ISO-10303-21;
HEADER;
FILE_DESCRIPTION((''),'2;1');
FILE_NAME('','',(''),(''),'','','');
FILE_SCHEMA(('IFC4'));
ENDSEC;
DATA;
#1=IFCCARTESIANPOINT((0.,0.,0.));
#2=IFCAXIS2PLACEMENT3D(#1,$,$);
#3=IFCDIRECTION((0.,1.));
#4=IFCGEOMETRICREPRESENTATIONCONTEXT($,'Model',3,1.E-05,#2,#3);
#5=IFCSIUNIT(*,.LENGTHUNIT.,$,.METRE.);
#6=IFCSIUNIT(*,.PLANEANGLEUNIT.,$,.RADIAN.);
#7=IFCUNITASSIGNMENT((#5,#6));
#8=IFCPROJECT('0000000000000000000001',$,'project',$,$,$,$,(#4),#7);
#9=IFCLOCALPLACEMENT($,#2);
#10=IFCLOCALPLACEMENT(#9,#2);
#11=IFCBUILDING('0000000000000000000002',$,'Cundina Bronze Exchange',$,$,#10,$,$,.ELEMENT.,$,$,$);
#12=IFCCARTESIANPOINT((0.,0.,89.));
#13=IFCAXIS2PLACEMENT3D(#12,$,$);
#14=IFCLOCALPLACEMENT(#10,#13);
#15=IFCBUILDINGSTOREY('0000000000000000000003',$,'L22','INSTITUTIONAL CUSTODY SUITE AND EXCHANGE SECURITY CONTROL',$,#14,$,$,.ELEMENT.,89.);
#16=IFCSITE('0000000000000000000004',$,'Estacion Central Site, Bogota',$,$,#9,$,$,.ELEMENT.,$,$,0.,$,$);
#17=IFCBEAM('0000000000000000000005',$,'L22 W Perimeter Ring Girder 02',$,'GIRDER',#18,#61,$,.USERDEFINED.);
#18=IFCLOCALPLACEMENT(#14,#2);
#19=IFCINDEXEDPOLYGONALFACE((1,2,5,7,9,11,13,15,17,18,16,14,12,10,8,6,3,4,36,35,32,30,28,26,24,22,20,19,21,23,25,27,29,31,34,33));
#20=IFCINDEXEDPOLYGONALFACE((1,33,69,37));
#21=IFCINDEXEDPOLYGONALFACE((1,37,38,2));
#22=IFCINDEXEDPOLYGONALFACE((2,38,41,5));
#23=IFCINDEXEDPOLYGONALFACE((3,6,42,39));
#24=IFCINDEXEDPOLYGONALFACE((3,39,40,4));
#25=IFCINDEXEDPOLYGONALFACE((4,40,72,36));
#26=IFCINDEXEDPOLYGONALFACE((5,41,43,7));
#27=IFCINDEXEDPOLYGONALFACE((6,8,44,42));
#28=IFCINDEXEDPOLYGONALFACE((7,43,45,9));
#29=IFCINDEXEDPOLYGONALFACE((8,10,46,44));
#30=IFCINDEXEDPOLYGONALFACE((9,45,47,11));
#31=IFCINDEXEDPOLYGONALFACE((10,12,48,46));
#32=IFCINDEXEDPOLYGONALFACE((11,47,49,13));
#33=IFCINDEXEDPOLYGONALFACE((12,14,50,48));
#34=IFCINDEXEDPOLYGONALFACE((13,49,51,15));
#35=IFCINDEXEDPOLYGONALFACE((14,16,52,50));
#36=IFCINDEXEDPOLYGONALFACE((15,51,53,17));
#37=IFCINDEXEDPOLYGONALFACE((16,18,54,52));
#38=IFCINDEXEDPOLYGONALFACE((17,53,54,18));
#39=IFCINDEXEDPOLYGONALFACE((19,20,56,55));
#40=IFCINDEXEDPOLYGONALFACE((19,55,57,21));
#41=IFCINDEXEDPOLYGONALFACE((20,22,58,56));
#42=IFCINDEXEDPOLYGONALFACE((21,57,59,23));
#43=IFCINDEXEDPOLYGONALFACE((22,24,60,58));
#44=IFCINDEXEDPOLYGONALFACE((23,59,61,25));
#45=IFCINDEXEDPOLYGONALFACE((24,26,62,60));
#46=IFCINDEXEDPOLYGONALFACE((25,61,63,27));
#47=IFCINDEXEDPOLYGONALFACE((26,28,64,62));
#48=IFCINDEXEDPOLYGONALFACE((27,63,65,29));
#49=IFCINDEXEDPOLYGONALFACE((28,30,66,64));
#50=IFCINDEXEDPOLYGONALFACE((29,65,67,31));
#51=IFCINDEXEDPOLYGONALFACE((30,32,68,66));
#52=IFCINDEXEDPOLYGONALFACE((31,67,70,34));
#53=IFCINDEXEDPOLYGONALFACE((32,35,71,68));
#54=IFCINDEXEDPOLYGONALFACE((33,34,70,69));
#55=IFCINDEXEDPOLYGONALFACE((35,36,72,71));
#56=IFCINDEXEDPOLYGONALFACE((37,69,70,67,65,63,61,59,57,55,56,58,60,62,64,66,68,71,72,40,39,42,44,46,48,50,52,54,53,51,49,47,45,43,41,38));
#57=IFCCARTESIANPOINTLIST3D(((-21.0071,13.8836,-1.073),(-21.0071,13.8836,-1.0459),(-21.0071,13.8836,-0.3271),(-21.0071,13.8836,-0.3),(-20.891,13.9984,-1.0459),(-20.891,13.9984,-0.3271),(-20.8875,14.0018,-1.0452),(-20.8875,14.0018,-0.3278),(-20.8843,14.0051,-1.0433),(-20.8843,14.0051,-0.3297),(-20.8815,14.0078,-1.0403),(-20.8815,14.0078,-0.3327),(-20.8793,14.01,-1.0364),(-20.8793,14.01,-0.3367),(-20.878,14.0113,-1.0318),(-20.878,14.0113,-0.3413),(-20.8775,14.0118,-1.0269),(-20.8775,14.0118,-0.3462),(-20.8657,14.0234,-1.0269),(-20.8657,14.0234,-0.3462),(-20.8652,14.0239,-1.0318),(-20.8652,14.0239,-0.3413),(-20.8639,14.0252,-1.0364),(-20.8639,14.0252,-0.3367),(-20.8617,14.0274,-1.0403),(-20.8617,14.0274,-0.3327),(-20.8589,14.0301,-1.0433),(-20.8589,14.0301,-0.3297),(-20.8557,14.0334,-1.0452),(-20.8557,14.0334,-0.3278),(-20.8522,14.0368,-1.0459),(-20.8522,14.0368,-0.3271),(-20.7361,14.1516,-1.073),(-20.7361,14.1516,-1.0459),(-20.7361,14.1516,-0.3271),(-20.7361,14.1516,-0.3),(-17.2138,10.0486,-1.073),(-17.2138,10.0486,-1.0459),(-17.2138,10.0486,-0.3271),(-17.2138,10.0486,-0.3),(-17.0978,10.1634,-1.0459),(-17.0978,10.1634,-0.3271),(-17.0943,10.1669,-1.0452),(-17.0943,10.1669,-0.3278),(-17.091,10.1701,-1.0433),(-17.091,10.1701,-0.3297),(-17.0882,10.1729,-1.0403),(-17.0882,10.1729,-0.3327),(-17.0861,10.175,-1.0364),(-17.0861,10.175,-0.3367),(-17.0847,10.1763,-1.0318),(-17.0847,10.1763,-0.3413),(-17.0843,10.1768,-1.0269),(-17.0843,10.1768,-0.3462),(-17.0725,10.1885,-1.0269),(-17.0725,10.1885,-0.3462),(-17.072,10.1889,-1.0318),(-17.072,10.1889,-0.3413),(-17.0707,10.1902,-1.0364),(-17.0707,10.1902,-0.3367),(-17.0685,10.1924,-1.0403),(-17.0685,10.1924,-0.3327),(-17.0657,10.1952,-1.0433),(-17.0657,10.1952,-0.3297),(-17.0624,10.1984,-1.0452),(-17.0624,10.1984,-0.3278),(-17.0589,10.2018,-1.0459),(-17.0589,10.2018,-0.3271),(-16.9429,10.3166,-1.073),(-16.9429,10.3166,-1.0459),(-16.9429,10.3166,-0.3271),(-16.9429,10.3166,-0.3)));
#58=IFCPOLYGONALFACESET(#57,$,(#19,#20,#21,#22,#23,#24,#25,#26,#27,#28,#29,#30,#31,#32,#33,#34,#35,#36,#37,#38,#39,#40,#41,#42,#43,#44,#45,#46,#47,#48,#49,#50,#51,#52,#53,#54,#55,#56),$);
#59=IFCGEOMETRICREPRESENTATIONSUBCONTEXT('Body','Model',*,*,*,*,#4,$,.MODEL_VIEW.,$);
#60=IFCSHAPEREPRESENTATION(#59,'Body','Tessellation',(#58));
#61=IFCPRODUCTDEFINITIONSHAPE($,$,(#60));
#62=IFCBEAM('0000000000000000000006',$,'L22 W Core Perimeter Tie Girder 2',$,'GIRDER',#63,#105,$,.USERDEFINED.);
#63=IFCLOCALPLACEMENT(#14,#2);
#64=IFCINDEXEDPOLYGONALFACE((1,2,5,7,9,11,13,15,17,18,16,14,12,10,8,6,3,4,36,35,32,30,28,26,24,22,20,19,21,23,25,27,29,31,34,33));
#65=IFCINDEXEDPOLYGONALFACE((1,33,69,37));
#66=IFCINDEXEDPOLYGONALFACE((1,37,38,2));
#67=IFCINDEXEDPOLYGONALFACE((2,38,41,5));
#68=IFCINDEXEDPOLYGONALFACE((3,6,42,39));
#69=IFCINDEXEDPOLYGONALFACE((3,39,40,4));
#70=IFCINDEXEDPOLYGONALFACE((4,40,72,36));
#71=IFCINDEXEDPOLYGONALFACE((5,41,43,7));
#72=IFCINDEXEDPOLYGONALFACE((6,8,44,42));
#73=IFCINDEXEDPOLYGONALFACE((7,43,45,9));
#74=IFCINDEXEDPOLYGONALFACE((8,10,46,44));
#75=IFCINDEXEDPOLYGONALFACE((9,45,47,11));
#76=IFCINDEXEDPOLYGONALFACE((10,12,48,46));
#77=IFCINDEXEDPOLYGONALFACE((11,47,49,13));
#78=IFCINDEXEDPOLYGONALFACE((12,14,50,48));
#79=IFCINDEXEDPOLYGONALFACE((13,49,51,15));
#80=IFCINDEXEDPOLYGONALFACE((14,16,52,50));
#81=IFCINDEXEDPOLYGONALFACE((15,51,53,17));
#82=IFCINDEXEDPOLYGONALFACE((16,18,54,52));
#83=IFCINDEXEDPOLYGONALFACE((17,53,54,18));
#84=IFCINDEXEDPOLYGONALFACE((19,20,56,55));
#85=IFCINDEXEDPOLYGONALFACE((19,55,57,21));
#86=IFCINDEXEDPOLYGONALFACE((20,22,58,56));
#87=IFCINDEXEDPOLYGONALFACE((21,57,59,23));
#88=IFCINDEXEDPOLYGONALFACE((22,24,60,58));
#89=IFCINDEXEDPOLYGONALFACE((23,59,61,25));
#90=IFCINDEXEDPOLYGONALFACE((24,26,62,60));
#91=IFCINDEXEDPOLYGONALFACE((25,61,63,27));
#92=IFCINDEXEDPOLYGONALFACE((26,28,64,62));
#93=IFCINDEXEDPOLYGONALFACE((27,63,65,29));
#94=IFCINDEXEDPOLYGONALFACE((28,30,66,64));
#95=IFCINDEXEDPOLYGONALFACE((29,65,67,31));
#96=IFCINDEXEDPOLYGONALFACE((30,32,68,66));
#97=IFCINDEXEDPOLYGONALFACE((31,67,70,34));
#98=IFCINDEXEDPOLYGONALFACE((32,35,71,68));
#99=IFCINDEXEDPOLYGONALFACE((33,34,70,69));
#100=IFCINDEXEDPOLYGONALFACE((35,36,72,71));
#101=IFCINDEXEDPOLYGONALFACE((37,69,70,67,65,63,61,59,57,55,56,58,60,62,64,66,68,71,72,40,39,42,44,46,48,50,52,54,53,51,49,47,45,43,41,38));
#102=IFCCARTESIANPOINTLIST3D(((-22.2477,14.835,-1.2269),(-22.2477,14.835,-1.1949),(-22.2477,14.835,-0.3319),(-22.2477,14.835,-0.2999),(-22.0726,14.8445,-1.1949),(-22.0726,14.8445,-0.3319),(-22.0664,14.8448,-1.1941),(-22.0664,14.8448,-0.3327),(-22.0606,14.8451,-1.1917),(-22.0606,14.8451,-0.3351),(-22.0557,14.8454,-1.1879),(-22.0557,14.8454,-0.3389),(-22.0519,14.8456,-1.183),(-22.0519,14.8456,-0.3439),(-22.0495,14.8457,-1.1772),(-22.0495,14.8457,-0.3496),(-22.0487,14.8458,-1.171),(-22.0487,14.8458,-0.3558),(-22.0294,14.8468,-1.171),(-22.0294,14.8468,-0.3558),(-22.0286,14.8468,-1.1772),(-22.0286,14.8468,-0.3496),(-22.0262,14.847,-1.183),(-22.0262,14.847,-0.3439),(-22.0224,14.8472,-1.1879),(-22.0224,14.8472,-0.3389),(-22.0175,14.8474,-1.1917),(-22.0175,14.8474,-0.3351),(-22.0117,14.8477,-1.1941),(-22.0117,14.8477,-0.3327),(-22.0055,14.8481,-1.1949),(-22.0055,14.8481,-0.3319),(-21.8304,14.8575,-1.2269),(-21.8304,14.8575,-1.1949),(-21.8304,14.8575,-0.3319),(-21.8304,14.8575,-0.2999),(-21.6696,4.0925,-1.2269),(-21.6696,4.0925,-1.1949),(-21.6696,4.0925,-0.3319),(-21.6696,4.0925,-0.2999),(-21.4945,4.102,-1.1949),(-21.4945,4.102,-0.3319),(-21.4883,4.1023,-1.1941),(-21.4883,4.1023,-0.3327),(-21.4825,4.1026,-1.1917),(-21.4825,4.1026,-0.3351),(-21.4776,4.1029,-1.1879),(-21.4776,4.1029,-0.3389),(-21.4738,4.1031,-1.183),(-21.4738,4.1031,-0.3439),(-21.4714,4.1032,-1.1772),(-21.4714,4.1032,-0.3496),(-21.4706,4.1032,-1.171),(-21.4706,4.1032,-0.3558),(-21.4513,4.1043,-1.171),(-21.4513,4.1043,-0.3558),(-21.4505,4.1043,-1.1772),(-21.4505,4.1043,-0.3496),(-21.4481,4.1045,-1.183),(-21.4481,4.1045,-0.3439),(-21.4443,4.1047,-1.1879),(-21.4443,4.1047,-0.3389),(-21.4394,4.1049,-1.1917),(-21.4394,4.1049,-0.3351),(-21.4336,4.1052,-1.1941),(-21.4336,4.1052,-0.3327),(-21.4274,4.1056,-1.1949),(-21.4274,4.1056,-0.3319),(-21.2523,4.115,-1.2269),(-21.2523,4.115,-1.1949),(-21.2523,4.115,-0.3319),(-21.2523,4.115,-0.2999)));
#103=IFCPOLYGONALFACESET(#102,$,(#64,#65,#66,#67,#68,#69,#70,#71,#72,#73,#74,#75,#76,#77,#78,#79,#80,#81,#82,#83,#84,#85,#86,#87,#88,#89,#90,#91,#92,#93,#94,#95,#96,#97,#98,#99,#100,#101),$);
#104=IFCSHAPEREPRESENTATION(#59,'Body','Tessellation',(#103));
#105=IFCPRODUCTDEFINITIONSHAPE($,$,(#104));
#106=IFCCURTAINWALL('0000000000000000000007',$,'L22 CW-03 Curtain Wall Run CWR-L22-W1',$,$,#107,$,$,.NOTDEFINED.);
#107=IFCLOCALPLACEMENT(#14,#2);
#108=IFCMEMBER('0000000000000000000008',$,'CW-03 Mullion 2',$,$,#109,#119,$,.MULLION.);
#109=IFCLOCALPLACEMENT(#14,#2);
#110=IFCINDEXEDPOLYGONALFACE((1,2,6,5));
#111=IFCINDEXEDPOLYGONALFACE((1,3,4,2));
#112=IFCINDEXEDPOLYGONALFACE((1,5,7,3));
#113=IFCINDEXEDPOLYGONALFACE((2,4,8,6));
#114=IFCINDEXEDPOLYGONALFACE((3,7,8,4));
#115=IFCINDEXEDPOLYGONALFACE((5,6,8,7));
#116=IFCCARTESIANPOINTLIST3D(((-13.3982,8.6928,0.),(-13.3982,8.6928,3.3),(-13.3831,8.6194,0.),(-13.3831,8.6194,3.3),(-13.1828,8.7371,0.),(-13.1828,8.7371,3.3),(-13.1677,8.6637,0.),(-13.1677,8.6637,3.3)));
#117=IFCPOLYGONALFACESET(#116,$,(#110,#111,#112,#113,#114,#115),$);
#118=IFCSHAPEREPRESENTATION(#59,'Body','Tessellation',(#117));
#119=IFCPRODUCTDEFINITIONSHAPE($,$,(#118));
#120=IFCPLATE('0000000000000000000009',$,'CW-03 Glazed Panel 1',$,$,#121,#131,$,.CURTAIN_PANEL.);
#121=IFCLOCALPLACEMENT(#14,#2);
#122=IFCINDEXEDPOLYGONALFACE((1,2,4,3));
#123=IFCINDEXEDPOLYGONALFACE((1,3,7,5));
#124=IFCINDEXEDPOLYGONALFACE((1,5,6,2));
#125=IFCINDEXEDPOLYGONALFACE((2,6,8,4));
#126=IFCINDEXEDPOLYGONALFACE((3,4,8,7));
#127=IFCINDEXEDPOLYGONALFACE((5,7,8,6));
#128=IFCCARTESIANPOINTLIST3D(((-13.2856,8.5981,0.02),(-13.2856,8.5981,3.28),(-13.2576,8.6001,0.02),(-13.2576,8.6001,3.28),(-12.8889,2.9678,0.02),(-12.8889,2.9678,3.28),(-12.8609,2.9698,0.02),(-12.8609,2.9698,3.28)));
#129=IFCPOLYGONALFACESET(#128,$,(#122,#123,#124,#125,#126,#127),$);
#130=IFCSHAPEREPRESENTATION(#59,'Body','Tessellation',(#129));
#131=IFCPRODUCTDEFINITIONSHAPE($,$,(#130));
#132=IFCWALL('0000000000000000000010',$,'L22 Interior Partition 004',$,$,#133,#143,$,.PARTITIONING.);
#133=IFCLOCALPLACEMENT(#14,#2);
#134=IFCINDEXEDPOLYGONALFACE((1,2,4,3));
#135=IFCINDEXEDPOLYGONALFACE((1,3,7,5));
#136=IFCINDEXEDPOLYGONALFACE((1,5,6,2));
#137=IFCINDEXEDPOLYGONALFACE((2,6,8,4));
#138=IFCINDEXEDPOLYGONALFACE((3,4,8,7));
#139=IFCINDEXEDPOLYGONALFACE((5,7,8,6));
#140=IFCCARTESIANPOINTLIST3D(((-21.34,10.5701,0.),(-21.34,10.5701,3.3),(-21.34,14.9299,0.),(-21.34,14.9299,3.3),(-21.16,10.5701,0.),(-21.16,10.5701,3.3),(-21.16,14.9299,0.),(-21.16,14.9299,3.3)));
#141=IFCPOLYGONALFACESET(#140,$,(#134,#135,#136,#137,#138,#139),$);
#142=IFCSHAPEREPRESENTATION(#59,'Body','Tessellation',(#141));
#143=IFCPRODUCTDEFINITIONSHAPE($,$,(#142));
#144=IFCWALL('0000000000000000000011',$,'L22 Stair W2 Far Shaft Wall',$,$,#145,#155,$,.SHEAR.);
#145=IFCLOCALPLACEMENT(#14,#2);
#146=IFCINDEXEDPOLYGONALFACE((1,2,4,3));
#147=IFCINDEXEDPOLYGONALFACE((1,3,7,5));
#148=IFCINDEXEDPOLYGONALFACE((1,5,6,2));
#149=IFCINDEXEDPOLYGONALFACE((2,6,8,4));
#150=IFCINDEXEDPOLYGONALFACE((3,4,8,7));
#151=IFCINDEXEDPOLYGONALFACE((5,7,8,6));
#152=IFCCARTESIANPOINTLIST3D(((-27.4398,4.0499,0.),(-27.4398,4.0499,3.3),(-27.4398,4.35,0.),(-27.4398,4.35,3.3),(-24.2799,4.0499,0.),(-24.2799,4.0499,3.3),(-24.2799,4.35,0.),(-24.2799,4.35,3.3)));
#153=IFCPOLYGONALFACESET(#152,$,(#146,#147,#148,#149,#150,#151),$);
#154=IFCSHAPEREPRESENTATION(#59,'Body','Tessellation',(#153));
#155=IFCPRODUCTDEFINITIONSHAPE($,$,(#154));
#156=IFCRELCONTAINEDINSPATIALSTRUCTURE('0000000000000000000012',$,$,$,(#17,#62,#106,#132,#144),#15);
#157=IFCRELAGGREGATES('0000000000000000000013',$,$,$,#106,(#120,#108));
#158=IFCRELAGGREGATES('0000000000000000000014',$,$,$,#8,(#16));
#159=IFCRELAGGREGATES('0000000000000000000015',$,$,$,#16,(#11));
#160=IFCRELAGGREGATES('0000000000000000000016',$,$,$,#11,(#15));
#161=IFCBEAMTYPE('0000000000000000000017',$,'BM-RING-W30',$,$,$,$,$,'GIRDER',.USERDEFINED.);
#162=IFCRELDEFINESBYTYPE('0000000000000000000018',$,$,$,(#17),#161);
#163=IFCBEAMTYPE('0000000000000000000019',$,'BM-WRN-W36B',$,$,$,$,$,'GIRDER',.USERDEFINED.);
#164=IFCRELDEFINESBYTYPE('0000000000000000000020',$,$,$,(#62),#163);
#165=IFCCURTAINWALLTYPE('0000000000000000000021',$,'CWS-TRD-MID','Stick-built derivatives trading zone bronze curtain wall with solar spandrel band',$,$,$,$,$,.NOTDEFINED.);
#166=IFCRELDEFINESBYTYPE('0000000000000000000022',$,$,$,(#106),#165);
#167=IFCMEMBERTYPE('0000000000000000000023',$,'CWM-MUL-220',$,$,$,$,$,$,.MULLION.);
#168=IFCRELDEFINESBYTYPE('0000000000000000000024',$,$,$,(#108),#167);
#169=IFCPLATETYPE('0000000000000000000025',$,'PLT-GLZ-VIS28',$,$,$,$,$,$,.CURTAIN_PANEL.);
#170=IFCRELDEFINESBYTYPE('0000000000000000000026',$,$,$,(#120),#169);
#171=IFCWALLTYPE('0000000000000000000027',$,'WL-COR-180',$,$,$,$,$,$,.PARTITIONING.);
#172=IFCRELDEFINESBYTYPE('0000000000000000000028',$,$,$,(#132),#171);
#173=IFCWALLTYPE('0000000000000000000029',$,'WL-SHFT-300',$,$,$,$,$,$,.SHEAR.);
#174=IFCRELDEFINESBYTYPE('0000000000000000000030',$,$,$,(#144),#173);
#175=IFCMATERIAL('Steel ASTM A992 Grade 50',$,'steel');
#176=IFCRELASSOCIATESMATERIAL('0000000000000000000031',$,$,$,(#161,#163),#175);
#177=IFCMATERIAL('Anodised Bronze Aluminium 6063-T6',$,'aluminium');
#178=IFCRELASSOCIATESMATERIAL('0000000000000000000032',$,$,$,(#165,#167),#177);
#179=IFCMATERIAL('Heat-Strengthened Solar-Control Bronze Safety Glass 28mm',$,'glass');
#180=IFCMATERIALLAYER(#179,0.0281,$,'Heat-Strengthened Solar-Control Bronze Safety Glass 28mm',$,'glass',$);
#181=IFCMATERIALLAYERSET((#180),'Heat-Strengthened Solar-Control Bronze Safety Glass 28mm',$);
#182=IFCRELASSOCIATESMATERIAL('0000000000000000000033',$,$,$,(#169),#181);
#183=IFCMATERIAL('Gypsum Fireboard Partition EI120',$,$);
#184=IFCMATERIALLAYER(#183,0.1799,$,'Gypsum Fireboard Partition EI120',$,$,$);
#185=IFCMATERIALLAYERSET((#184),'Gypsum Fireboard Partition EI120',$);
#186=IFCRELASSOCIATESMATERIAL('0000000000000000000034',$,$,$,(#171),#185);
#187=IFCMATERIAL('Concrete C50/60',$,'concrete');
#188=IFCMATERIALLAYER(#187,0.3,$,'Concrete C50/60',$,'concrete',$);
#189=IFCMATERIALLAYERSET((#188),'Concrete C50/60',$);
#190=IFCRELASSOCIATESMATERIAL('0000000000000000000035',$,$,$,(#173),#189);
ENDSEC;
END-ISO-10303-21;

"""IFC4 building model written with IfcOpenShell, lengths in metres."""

from ifc_helpers import new_model, si_unit, direction, frame, frame_2d, origin, origin_2d, place, context, subcontext, project, spatial, rectangle, i_section, extrude, material, layer, layer_set, material_profile, profile_set, type_object, element, aggregate, save


model = new_model("IFC4")

# Units and contexts
model_context = context("Model", 3, precision=1e-05, world=origin(), true_north=direction((0.0, 1.0)))
body_context = subcontext(model_context, "Body", "Model", "MODEL_VIEW")
ifc_project = project(units=[si_unit("LENGTHUNIT", "METRE"), si_unit("PLANEANGLEUNIT", "RADIAN")], contexts=[model_context])

# Site, building, storey
site_placement = place(None, origin())
site = spatial("IfcSite", under=ifc_project, at=site_placement, Name="Estacion Central Site, Bogota", CompositionType="ELEMENT", RefElevation=0.0)
building_placement = place(site_placement, origin())
building = spatial("IfcBuilding", under=site, at=building_placement, Name="Cundina Bronze Exchange", CompositionType="ELEMENT")
storey_placement = place(building_placement, frame((0.0, 0.0, 89.0)))
storey = spatial("IfcBuildingStorey", under=building, at=storey_placement, Name="L22", Description="INSTITUTIONAL CUSTODY SUITE AND EXCHANGE SECURITY CONTROL", CompositionType="ELEMENT", Elevation=89.0)

# Beams
ifc_material_1 = material(Name="Steel ASTM A992 Grade 50", Category="steel")
ifc_material_profile_1 = material_profile(ifc_material_1, i_section(OverallWidth=0.3811, OverallDepth=0.7729, WebThickness=0.0166, FlangeThickness=0.0271, FilletRadius=0.019, at=origin_2d()), Name="W30X173", Category="steel")
ifc_profile_set_1 = profile_set([ifc_material_profile_1], Name="Steel ASTM A992 Grade 50")
beam_type_1 = type_object("IfcBeamType", Name="BM-RING-W30", ElementType="GIRDER", PredefinedType="USERDEFINED", material=ifc_profile_set_1)
beam_1_placement = place(storey_placement, frame((-17.0784, 10.1826, -0.6865), z_axis=(-0.703226, 0.710966, 0.0), x_axis=(-0.710966, -0.703226, 0.0)))
element("IfcBeam", 1, at=beam_1_placement, inside=storey, type_object=beam_type_1, Name="L22 W Perimeter Ring Girder 02", ObjectType="GIRDER", PredefinedType="USERDEFINED", context=body_context, shape_type="SweptSolid", body=[
    extrude(i_section(OverallWidth=0.3811, OverallDepth=0.7729, WebThickness=0.0166, FlangeThickness=0.0271, FilletRadius=0.019, at=origin_2d()), origin(), (0.0, 0.0, 1.0), 5.394),
])
ifc_material_profile_2 = material_profile(ifc_material_1, i_section(OverallWidth=0.418, OverallDepth=0.927, WebThickness=0.0193, FlangeThickness=0.032, FilletRadius=0.0239, at=origin_2d()), Name="W36X231", Category="steel")
ifc_profile_set_2 = profile_set([ifc_material_profile_2], Name="Steel ASTM A992 Grade 50")
beam_type_2 = type_object("IfcBeamType", Name="BM-WRN-W36B", ElementType="GIRDER", PredefinedType="USERDEFINED", material=ifc_profile_set_2)
beam_2_placement = place(storey_placement, frame((-21.4609, 4.1038, -0.7634), z_axis=(-0.053739, 0.998555, 0.0), x_axis=(-0.998555, -0.053739, 0.0)))
element("IfcBeam", 2, at=beam_2_placement, inside=storey, type_object=beam_type_2, Name="L22 W Core Perimeter Tie Girder 2", ObjectType="GIRDER", PredefinedType="USERDEFINED", context=body_context, shape_type="SweptSolid", body=[
    extrude(i_section(OverallWidth=0.418, OverallDepth=0.927, WebThickness=0.0193, FlangeThickness=0.032, FilletRadius=0.0239, at=origin_2d()), origin(), (0.0, 0.0, 1.0), 10.7581),
])

# Curtain wall, member, plate
ifc_material_2 = material(Name="Anodised Bronze Aluminium 6063-T6", Category="aluminium")
curtain_wall_type = type_object("IfcCurtainWallType", Name="CWS-TRD-MID", Description="Stick-built derivatives trading zone bronze curtain wall with solar spandrel band", PredefinedType="NOTDEFINED", material=ifc_material_2)
curtain_wall_placement = place(storey_placement, origin())
curtain_wall = element("IfcCurtainWall", 3, at=curtain_wall_placement, inside=storey, type_object=curtain_wall_type, Name="L22 CW-03 Curtain Wall Run CWR-L22-W1", PredefinedType="NOTDEFINED")
ifc_material_profile_3 = material_profile(ifc_material_2, rectangle(XDim=0.075, YDim=0.22, at=origin_2d()), Name="AL75X220", Category="aluminium")
ifc_profile_set_3 = profile_set([ifc_material_profile_3], Name="Anodised Bronze Aluminium 6063-T6")
member_type = type_object("IfcMemberType", Name="CWM-MUL-220", PredefinedType="MULLION", material=ifc_profile_set_3)
member_placement = place(storey_placement, frame((-13.283, 8.6782, 0.0), z_axis=(0.0, 0.0, 1.0), x_axis=(-0.20142, 0.979505, 0.0)))
member = element("IfcMember", 4, at=member_placement, type_object=member_type, Name="CW-03 Mullion 2", PredefinedType="MULLION", context=body_context, shape_type="SweptSolid", body=[
    extrude(rectangle(XDim=0.075, YDim=0.22, at=origin_2d()), origin(), (0.0, 0.0, 1.0), 3.3),
])
ifc_material_3 = material(Name="Heat-Strengthened Solar-Control Bronze Safety Glass 28mm", Category="glass")
ifc_layer_1 = layer(ifc_material_3, 0.0281, Name="Heat-Strengthened Solar-Control Bronze Safety Glass 28mm", Category="glass")
ifc_layer_set_1 = layer_set([ifc_layer_1], Name="Heat-Strengthened Solar-Control Bronze Safety Glass 28mm")
plate_type = type_object("IfcPlateType", Name="PLT-GLZ-VIS28", PredefinedType="CURTAIN_PANEL", material=ifc_layer_set_1)
plate_placement = place(storey_placement, frame((-13.0732, 5.7839, 0.02), z_axis=(0.0, 0.0, 1.0), x_axis=(-0.070279, 0.997527, 0.0)))
plate = element("IfcPlate", 5, at=plate_placement, type_object=plate_type, Name="CW-03 Glazed Panel 1", PredefinedType="CURTAIN_PANEL", context=body_context, shape_type="SweptSolid", body=[
    extrude(rectangle(XDim=5.6443, YDim=0.0281, at=origin_2d()), origin(), (0.0, 0.0, 1.0), 3.26),
])
aggregate(curtain_wall, [plate, member])

# Walls
ifc_material_4 = material(Name="Gypsum Fireboard Partition EI120")
ifc_layer_2 = layer(ifc_material_4, 0.1799, Name="Gypsum Fireboard Partition EI120")
ifc_layer_set_2 = layer_set([ifc_layer_2], Name="Gypsum Fireboard Partition EI120")
wall_type_1 = type_object("IfcWallType", Name="WL-COR-180", PredefinedType="PARTITIONING", material=ifc_layer_set_2)
wall_1_placement = place(storey_placement, frame((-21.25, 10.5701, 0.0), z_axis=(0.0, 0.0, 1.0), x_axis=(0.0, 1.0, 0.0)))
element("IfcWall", 6, at=wall_1_placement, inside=storey, type_object=wall_type_1, Name="L22 Interior Partition 004", PredefinedType="PARTITIONING", context=body_context, shape_type="SweptSolid", body=[
    extrude(rectangle(XDim=4.3599, YDim=0.1799, at=frame_2d((2.1799, 0.0))), origin(), (0.0, 0.0, 1.0), 3.3),
])
ifc_material_5 = material(Name="Concrete C50/60", Category="concrete")
ifc_layer_3 = layer(ifc_material_5, 0.3, Name="Concrete C50/60", Category="concrete")
ifc_layer_set_3 = layer_set([ifc_layer_3], Name="Concrete C50/60")
wall_type_2 = type_object("IfcWallType", Name="WL-SHFT-300", PredefinedType="SHEAR", material=ifc_layer_set_3)
wall_2_placement = place(storey_placement, frame((-27.4399, 4.2, 0.0), z_axis=(0.0, 0.0, 1.0), x_axis=(1.0, 0.0, 0.0)))
element("IfcWall", 7, at=wall_2_placement, inside=storey, type_object=wall_type_2, Name="L22 Stair W2 Far Shaft Wall", PredefinedType="SHEAR", context=body_context, shape_type="SweptSolid", body=[
    extrude(rectangle(XDim=3.1599, YDim=0.3, at=frame_2d((1.5801, 0.0))), origin(), (0.0, 0.0, 1.0), 3.3),
])

save(model, "model.ifc")
